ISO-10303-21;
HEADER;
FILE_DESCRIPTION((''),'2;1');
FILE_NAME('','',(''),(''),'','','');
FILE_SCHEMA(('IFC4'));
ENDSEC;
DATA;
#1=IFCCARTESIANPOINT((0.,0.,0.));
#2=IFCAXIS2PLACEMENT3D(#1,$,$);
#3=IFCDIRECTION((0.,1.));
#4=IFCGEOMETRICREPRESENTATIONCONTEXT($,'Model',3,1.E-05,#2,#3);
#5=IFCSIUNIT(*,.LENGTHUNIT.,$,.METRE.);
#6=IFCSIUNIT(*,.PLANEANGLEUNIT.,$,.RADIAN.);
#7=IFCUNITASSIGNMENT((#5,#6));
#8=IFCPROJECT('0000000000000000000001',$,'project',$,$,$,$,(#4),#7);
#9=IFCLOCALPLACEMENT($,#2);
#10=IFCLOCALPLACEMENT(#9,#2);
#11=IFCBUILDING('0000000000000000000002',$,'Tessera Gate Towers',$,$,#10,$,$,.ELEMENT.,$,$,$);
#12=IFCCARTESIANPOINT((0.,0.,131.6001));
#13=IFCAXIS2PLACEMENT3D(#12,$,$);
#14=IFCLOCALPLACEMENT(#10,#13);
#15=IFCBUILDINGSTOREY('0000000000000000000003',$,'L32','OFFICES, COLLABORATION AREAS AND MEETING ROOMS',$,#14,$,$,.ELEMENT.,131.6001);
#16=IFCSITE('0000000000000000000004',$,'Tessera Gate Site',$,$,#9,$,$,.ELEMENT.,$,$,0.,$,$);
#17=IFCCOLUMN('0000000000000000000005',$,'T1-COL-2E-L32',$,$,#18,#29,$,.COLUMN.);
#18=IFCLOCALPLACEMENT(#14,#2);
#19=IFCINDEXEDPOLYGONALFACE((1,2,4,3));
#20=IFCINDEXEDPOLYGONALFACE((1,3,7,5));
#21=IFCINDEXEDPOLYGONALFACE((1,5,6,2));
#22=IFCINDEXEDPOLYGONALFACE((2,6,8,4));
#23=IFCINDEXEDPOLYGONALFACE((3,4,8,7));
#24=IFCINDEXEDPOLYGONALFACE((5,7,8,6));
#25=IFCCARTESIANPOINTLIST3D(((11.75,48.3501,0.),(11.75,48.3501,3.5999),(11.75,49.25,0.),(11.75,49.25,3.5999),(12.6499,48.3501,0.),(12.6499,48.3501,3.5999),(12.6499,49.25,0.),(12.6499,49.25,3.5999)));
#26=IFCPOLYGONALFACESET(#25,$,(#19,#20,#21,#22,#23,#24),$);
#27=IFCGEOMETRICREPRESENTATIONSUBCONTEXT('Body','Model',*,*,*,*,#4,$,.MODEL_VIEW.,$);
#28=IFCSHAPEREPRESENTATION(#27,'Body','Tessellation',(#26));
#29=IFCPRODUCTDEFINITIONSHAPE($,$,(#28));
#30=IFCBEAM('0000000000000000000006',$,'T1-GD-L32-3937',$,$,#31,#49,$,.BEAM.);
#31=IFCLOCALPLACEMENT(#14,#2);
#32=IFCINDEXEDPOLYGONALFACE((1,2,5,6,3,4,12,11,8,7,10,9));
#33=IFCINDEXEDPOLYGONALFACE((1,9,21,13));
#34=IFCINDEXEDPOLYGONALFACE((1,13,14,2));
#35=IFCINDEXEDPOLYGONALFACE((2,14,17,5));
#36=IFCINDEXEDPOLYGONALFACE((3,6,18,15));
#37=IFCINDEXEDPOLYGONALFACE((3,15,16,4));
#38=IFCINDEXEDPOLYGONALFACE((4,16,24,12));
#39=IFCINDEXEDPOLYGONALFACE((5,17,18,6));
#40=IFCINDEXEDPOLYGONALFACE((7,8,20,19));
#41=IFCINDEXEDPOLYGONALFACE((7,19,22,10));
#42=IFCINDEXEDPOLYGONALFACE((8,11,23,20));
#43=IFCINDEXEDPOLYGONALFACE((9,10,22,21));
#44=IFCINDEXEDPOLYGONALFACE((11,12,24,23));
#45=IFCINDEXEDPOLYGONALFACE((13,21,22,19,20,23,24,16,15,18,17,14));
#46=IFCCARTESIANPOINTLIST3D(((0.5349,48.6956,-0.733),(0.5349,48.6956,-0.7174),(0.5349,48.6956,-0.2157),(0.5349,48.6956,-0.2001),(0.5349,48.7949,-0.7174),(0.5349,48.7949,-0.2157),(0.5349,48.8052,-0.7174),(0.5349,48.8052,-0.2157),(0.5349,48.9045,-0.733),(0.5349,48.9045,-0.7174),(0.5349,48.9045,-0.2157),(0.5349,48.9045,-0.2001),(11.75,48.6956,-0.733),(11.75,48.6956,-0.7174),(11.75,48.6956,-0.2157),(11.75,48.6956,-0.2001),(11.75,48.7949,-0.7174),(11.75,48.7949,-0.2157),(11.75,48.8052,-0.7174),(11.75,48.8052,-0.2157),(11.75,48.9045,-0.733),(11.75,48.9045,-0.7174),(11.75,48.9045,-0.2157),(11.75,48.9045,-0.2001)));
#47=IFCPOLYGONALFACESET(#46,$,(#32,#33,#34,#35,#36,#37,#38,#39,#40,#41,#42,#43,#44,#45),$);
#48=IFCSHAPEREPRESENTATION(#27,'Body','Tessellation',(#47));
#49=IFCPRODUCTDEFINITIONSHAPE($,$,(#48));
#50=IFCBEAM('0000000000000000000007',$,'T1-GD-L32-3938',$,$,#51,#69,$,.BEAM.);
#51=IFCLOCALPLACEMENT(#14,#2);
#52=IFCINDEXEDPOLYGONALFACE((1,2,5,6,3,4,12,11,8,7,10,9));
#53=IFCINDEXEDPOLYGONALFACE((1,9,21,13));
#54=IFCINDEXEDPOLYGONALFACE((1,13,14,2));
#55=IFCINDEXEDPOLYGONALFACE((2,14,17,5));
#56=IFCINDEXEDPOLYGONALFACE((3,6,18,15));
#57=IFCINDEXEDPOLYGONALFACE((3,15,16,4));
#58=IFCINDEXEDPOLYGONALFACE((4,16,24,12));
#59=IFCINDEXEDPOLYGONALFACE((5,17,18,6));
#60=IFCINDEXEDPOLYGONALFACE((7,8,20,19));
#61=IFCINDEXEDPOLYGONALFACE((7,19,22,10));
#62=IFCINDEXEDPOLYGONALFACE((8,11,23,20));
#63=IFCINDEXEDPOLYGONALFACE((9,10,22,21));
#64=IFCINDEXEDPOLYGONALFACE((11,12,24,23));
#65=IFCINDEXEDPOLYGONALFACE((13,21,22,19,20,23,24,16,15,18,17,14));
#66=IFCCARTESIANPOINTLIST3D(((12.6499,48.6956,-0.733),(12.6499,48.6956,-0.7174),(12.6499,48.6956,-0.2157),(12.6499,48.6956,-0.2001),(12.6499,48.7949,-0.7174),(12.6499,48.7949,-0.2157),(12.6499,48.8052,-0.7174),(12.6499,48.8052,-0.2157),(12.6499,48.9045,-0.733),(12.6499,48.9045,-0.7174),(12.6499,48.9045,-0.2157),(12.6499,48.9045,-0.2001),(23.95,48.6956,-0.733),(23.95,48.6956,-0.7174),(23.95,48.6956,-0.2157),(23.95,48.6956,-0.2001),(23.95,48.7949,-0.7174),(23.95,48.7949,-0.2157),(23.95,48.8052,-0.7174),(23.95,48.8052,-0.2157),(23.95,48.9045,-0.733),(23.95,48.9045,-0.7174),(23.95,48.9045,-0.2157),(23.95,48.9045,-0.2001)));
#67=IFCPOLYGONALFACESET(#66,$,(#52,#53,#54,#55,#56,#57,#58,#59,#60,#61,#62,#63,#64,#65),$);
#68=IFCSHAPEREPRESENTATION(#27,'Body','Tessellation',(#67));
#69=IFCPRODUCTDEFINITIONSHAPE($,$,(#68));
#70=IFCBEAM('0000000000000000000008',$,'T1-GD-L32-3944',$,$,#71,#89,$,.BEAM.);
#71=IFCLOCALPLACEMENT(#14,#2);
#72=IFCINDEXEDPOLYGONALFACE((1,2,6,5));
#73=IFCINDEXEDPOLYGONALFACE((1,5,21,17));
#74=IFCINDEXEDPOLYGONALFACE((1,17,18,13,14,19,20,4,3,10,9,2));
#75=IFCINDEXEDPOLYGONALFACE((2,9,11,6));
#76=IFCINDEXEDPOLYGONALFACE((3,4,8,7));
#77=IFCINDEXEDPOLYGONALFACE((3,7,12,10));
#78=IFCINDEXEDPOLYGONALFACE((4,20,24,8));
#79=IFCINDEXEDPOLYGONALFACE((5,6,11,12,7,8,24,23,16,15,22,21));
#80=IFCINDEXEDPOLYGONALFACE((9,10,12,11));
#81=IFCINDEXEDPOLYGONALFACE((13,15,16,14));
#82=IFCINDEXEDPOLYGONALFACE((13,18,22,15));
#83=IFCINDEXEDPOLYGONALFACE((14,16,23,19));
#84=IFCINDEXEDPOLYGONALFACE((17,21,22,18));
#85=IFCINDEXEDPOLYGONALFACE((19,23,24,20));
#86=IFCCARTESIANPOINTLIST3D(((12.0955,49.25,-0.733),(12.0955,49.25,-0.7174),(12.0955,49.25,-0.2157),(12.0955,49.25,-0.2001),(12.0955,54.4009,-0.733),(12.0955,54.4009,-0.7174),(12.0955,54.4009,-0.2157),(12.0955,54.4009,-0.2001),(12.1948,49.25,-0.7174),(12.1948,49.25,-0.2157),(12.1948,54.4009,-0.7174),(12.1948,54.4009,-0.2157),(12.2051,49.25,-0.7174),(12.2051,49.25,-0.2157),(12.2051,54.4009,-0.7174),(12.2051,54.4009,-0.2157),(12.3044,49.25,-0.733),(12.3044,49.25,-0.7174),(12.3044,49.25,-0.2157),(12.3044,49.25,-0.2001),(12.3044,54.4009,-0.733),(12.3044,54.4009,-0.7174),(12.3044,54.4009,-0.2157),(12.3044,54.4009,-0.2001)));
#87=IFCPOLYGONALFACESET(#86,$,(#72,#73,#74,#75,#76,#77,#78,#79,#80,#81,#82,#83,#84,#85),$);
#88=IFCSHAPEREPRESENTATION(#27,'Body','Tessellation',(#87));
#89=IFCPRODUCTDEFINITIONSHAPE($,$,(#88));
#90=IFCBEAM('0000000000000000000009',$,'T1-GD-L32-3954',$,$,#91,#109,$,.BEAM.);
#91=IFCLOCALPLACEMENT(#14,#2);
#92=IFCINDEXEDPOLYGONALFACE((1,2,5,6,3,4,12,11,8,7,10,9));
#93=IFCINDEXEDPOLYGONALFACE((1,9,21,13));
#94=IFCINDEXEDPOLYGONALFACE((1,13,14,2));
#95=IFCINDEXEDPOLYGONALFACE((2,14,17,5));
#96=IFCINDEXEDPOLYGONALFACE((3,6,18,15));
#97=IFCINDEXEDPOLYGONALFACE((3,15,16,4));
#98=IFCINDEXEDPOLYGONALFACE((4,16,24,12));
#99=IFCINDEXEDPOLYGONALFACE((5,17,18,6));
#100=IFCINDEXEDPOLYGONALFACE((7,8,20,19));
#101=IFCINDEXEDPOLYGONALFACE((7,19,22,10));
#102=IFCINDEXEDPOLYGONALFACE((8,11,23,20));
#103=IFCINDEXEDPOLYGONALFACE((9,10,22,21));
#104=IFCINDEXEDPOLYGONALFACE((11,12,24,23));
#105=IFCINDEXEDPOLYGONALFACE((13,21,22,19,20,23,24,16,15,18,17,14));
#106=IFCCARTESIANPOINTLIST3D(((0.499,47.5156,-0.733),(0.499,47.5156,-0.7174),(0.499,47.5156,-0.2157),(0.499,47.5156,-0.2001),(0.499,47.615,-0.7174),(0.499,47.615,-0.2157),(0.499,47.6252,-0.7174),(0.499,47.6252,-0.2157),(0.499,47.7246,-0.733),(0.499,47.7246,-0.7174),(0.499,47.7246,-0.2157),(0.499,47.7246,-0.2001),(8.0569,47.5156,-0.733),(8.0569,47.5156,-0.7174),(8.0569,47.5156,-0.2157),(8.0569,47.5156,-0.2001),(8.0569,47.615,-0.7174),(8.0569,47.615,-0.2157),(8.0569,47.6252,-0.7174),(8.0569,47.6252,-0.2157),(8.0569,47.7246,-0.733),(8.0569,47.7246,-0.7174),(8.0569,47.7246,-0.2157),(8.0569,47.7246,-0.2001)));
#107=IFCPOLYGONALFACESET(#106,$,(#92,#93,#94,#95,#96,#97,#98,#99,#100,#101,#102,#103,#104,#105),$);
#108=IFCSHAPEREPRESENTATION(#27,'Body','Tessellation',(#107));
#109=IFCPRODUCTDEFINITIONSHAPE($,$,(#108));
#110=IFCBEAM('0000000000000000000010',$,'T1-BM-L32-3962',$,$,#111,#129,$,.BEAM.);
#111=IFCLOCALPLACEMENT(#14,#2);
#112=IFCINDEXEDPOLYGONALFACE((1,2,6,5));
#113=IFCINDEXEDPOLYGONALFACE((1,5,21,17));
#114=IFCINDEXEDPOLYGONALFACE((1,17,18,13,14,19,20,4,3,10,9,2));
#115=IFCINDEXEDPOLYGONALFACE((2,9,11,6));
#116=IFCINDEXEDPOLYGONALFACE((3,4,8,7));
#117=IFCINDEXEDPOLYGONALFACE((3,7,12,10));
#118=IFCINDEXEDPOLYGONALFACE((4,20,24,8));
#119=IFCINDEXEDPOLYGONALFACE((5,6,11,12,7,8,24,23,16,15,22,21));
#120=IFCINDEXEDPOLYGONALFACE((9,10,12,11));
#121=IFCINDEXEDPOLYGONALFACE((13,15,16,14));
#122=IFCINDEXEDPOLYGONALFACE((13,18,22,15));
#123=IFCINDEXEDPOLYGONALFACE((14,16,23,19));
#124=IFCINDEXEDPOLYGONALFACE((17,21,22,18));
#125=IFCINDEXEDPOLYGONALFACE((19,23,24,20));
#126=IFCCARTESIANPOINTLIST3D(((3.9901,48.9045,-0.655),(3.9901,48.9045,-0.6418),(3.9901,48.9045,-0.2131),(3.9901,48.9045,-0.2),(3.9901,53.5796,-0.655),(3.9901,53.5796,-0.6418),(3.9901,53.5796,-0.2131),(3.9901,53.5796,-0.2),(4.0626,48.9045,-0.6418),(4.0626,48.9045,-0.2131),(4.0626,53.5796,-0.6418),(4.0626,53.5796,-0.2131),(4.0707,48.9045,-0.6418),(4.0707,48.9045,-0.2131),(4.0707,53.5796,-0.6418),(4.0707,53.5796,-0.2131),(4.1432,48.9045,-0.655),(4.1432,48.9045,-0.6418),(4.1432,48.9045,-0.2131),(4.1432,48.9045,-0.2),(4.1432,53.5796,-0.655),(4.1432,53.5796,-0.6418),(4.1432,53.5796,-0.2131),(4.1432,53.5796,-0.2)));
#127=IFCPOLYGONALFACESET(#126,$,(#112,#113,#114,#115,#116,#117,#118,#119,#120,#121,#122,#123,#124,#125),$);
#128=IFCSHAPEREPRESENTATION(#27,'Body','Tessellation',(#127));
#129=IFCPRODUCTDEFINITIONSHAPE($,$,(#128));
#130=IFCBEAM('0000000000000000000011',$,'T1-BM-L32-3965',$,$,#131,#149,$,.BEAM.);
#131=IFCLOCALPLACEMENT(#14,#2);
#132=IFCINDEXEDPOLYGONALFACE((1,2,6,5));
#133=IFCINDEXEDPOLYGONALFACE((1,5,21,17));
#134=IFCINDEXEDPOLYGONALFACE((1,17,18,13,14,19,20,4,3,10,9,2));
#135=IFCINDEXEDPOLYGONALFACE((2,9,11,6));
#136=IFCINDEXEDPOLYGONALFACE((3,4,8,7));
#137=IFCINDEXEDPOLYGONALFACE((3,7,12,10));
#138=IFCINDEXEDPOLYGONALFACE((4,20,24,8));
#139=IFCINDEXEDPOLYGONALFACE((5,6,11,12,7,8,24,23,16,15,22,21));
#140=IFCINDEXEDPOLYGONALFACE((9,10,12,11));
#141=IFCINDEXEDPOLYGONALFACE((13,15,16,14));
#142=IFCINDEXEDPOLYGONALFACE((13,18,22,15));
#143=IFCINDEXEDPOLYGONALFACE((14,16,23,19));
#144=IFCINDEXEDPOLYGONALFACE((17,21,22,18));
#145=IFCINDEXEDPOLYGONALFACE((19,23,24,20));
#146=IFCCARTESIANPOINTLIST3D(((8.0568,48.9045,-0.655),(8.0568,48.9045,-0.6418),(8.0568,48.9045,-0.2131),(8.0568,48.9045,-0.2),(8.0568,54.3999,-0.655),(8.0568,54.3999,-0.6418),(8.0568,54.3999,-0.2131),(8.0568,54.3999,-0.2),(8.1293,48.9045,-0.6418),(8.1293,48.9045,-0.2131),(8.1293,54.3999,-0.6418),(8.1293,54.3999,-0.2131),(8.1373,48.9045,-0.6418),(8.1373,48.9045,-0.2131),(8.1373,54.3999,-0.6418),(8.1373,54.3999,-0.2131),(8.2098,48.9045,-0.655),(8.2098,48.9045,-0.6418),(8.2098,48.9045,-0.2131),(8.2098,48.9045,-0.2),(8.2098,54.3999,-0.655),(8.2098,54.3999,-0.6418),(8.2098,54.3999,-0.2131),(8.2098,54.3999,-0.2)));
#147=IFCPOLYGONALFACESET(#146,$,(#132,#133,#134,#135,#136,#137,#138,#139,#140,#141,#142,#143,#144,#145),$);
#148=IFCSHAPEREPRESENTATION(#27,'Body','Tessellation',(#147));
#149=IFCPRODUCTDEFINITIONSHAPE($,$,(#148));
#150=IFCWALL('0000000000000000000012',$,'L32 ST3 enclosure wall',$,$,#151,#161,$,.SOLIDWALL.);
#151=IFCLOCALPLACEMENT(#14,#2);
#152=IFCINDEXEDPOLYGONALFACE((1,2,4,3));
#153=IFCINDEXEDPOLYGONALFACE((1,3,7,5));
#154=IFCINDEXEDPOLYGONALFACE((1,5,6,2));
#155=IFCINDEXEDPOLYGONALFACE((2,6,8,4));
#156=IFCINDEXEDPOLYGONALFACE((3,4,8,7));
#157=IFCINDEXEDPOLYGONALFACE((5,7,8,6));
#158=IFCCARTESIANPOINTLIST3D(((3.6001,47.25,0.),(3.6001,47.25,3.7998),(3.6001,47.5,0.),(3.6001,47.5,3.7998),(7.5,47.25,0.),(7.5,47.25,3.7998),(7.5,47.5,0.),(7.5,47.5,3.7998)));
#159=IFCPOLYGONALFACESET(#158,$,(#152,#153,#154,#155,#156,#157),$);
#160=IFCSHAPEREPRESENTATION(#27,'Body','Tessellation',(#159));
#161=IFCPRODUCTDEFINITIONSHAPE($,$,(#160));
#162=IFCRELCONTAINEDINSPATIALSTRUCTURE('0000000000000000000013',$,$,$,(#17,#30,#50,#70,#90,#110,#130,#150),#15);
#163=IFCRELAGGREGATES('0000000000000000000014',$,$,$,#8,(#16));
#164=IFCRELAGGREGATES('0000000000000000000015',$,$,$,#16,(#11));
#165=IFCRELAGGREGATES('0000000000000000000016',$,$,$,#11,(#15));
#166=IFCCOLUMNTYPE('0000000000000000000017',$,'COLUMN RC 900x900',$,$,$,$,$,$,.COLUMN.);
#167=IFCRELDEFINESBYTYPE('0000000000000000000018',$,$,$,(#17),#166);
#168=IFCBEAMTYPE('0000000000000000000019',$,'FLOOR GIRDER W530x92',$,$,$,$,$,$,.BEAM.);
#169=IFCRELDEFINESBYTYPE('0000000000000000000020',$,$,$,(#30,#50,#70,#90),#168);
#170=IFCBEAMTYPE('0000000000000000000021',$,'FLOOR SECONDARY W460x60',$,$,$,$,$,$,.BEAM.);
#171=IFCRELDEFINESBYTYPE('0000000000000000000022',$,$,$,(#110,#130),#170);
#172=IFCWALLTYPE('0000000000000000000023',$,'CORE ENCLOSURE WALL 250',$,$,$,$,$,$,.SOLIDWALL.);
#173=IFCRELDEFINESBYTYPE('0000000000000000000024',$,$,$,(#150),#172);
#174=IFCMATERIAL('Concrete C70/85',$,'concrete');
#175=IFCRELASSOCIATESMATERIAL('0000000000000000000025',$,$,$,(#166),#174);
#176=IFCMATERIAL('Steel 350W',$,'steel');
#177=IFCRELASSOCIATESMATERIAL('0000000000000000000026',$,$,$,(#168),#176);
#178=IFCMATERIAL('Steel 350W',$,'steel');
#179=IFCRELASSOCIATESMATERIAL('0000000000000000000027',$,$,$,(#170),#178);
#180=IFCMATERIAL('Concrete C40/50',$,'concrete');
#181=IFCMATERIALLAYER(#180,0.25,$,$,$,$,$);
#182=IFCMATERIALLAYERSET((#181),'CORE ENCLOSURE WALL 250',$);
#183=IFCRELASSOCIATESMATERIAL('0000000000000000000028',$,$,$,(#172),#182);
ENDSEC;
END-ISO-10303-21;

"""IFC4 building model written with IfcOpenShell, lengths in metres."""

from ifc_helpers import new_model, si_unit, direction, frame, frame_2d, origin, origin_2d, place, context, subcontext, project, spatial, rectangle, i_section, extrude, material, layer, layer_set, material_profile, profile_set, type_object, element, save


model = new_model("IFC4")

# Units and contexts
model_context = context("Model", 3, precision=1e-05, world=origin(), true_north=direction((0.0, 1.0)))
body_context = subcontext(model_context, "Body", "Model", "MODEL_VIEW")
ifc_project = project(units=[si_unit("LENGTHUNIT", "METRE"), si_unit("PLANEANGLEUNIT", "RADIAN")], contexts=[model_context])

# Site, building, storey
site_placement = place(None, origin())
site = spatial("IfcSite", under=ifc_project, at=site_placement, Name="Tessera Gate Site", CompositionType="ELEMENT", RefElevation=0.0)
building_placement = place(site_placement, origin())
building = spatial("IfcBuilding", under=site, at=building_placement, Name="Tessera Gate Towers", CompositionType="ELEMENT")
storey_placement = place(building_placement, frame((0.0, 0.0, 131.6001)))
storey = spatial("IfcBuildingStorey", under=building, at=storey_placement, Name="L32", Description="OFFICES, COLLABORATION AREAS AND MEETING ROOMS", CompositionType="ELEMENT", Elevation=131.6001)

# Column
ifc_material_1 = material(Name="Concrete C70/85", Category="concrete")
ifc_material_profile_1 = material_profile(ifc_material_1, rectangle(XDim=0.8999, YDim=0.8999, at=origin_2d()), Name="RC 900x900")
ifc_profile_set_1 = profile_set([ifc_material_profile_1], Name="Concrete C70/85")
column_type = type_object("IfcColumnType", Name="COLUMN RC 900x900", PredefinedType="COLUMN", material=ifc_profile_set_1)
column_placement = place(storey_placement, frame((12.2, 48.8, 0.0), z_axis=(0.0, 0.0, 1.0), x_axis=(1.0, 0.0, 0.0)))
element("IfcColumn", 1, at=column_placement, inside=storey, type_object=column_type, Name="T1-COL-2E-L32", PredefinedType="COLUMN", context=body_context, shape_type="SweptSolid", body=[
    extrude(rectangle(XDim=0.8999, YDim=0.8999, at=origin_2d()), origin(), (0.0, 0.0, 1.0), 3.5999),
])

# Beams
ifc_material_2 = material(Name="Steel 350W", Category="steel")
ifc_material_profile_2 = material_profile(ifc_material_2, i_section(OverallWidth=0.209, OverallDepth=0.533, WebThickness=0.0103, FlangeThickness=0.0156, at=origin_2d()), Name="W530x92")
ifc_profile_set_2 = profile_set([ifc_material_profile_2], Name="Steel 350W")
beam_type_1 = type_object("IfcBeamType", Name="FLOOR GIRDER W530x92", PredefinedType="BEAM", material=ifc_profile_set_2)
beam_1_placement = place(storey_placement, frame((0.5349, 48.8, -0.4666), z_axis=(1.0, 0.0, 0.0), x_axis=(0.0, 1.0, 0.0)))
element("IfcBeam", 2, at=beam_1_placement, inside=storey, type_object=beam_type_1, Name="T1-GD-L32-3937", PredefinedType="BEAM", context=body_context, shape_type="SweptSolid", body=[
    extrude(i_section(OverallWidth=0.209, OverallDepth=0.533, WebThickness=0.0103, FlangeThickness=0.0156, at=origin_2d()), origin(), (0.0, 0.0, 1.0), 11.2151),
])
beam_2_placement = place(storey_placement, frame((12.6499, 48.8, -0.4666), z_axis=(1.0, 0.0, 0.0), x_axis=(0.0, 1.0, 0.0)))
element("IfcBeam", 3, at=beam_2_placement, inside=storey, type_object=beam_type_1, Name="T1-GD-L32-3938", PredefinedType="BEAM", context=body_context, shape_type="SweptSolid", body=[
    extrude(i_section(OverallWidth=0.209, OverallDepth=0.533, WebThickness=0.0103, FlangeThickness=0.0156, at=origin_2d()), origin(), (0.0, 0.0, 1.0), 11.3),
])
beam_3_placement = place(storey_placement, frame((12.2, 49.25, -0.4666), z_axis=(0.0, 1.0, 0.0), x_axis=(-1.0, 0.0, 0.0)))
element("IfcBeam", 4, at=beam_3_placement, inside=storey, type_object=beam_type_1, Name="T1-GD-L32-3944", PredefinedType="BEAM", context=body_context, shape_type="SweptSolid", body=[
    extrude(i_section(OverallWidth=0.209, OverallDepth=0.533, WebThickness=0.0103, FlangeThickness=0.0156, at=origin_2d()), origin(), (0.0, 0.0, 1.0), 5.1509),
])
beam_4_placement = place(storey_placement, frame((0.499, 47.6201, -0.4666), z_axis=(1.0, 0.0, 0.0), x_axis=(0.0, 1.0, 0.0)))
element("IfcBeam", 5, at=beam_4_placement, inside=storey, type_object=beam_type_1, Name="T1-GD-L32-3954", PredefinedType="BEAM", context=body_context, shape_type="SweptSolid", body=[
    extrude(i_section(OverallWidth=0.209, OverallDepth=0.533, WebThickness=0.0103, FlangeThickness=0.0156, at=origin_2d()), origin(), (0.0, 0.0, 1.0), 7.5579),
])
ifc_material_3 = material(Name="Steel 350W", Category="steel")
ifc_material_profile_3 = material_profile(ifc_material_3, i_section(OverallWidth=0.1531, OverallDepth=0.4551, WebThickness=0.0081, FlangeThickness=0.0132, at=origin_2d()), Name="W460x60")
ifc_profile_set_3 = profile_set([ifc_material_profile_3], Name="Steel 350W")
beam_type_2 = type_object("IfcBeamType", Name="FLOOR SECONDARY W460x60", PredefinedType="BEAM", material=ifc_profile_set_3)
beam_5_placement = place(storey_placement, frame((4.0667, 48.9045, -0.4275), z_axis=(0.0, 1.0, 0.0), x_axis=(-1.0, 0.0, 0.0)))
element("IfcBeam", 6, at=beam_5_placement, inside=storey, type_object=beam_type_2, Name="T1-BM-L32-3962", PredefinedType="BEAM", context=body_context, shape_type="SweptSolid", body=[
    extrude(i_section(OverallWidth=0.1531, OverallDepth=0.4551, WebThickness=0.0081, FlangeThickness=0.0132, at=origin_2d()), origin(), (0.0, 0.0, 1.0), 4.675),
])
beam_6_placement = place(storey_placement, frame((8.1333, 48.9045, -0.4275), z_axis=(0.0, 1.0, 0.0), x_axis=(-1.0, 0.0, 0.0)))
element("IfcBeam", 7, at=beam_6_placement, inside=storey, type_object=beam_type_2, Name="T1-BM-L32-3965", PredefinedType="BEAM", context=body_context, shape_type="SweptSolid", body=[
    extrude(i_section(OverallWidth=0.1531, OverallDepth=0.4551, WebThickness=0.0081, FlangeThickness=0.0132, at=origin_2d()), origin(), (0.0, 0.0, 1.0), 5.4954),
])

# Wall
ifc_material_4 = material(Name="Concrete C40/50", Category="concrete")
ifc_layer_1 = layer(ifc_material_4, 0.25)
ifc_layer_set_1 = layer_set([ifc_layer_1], Name="CORE ENCLOSURE WALL 250")
wall_type_1 = type_object("IfcWallType", Name="CORE ENCLOSURE WALL 250", PredefinedType="SOLIDWALL", material=ifc_layer_set_1)
wall_1_placement = place(storey_placement, frame((3.6001, 47.375, 0.0), z_axis=(0.0, 0.0, 1.0), x_axis=(1.0, 0.0, 0.0)))
element("IfcWall", 8, at=wall_1_placement, inside=storey, type_object=wall_type_1, Name="L32 ST3 enclosure wall", PredefinedType="SOLIDWALL", context=body_context, shape_type="SweptSolid", body=[
    extrude(rectangle(XDim=3.8999, YDim=0.25, at=frame_2d((1.95, 0.0))), origin(), (0.0, 0.0, 1.0), 3.7998),
])

save(model, "model.ifc")
